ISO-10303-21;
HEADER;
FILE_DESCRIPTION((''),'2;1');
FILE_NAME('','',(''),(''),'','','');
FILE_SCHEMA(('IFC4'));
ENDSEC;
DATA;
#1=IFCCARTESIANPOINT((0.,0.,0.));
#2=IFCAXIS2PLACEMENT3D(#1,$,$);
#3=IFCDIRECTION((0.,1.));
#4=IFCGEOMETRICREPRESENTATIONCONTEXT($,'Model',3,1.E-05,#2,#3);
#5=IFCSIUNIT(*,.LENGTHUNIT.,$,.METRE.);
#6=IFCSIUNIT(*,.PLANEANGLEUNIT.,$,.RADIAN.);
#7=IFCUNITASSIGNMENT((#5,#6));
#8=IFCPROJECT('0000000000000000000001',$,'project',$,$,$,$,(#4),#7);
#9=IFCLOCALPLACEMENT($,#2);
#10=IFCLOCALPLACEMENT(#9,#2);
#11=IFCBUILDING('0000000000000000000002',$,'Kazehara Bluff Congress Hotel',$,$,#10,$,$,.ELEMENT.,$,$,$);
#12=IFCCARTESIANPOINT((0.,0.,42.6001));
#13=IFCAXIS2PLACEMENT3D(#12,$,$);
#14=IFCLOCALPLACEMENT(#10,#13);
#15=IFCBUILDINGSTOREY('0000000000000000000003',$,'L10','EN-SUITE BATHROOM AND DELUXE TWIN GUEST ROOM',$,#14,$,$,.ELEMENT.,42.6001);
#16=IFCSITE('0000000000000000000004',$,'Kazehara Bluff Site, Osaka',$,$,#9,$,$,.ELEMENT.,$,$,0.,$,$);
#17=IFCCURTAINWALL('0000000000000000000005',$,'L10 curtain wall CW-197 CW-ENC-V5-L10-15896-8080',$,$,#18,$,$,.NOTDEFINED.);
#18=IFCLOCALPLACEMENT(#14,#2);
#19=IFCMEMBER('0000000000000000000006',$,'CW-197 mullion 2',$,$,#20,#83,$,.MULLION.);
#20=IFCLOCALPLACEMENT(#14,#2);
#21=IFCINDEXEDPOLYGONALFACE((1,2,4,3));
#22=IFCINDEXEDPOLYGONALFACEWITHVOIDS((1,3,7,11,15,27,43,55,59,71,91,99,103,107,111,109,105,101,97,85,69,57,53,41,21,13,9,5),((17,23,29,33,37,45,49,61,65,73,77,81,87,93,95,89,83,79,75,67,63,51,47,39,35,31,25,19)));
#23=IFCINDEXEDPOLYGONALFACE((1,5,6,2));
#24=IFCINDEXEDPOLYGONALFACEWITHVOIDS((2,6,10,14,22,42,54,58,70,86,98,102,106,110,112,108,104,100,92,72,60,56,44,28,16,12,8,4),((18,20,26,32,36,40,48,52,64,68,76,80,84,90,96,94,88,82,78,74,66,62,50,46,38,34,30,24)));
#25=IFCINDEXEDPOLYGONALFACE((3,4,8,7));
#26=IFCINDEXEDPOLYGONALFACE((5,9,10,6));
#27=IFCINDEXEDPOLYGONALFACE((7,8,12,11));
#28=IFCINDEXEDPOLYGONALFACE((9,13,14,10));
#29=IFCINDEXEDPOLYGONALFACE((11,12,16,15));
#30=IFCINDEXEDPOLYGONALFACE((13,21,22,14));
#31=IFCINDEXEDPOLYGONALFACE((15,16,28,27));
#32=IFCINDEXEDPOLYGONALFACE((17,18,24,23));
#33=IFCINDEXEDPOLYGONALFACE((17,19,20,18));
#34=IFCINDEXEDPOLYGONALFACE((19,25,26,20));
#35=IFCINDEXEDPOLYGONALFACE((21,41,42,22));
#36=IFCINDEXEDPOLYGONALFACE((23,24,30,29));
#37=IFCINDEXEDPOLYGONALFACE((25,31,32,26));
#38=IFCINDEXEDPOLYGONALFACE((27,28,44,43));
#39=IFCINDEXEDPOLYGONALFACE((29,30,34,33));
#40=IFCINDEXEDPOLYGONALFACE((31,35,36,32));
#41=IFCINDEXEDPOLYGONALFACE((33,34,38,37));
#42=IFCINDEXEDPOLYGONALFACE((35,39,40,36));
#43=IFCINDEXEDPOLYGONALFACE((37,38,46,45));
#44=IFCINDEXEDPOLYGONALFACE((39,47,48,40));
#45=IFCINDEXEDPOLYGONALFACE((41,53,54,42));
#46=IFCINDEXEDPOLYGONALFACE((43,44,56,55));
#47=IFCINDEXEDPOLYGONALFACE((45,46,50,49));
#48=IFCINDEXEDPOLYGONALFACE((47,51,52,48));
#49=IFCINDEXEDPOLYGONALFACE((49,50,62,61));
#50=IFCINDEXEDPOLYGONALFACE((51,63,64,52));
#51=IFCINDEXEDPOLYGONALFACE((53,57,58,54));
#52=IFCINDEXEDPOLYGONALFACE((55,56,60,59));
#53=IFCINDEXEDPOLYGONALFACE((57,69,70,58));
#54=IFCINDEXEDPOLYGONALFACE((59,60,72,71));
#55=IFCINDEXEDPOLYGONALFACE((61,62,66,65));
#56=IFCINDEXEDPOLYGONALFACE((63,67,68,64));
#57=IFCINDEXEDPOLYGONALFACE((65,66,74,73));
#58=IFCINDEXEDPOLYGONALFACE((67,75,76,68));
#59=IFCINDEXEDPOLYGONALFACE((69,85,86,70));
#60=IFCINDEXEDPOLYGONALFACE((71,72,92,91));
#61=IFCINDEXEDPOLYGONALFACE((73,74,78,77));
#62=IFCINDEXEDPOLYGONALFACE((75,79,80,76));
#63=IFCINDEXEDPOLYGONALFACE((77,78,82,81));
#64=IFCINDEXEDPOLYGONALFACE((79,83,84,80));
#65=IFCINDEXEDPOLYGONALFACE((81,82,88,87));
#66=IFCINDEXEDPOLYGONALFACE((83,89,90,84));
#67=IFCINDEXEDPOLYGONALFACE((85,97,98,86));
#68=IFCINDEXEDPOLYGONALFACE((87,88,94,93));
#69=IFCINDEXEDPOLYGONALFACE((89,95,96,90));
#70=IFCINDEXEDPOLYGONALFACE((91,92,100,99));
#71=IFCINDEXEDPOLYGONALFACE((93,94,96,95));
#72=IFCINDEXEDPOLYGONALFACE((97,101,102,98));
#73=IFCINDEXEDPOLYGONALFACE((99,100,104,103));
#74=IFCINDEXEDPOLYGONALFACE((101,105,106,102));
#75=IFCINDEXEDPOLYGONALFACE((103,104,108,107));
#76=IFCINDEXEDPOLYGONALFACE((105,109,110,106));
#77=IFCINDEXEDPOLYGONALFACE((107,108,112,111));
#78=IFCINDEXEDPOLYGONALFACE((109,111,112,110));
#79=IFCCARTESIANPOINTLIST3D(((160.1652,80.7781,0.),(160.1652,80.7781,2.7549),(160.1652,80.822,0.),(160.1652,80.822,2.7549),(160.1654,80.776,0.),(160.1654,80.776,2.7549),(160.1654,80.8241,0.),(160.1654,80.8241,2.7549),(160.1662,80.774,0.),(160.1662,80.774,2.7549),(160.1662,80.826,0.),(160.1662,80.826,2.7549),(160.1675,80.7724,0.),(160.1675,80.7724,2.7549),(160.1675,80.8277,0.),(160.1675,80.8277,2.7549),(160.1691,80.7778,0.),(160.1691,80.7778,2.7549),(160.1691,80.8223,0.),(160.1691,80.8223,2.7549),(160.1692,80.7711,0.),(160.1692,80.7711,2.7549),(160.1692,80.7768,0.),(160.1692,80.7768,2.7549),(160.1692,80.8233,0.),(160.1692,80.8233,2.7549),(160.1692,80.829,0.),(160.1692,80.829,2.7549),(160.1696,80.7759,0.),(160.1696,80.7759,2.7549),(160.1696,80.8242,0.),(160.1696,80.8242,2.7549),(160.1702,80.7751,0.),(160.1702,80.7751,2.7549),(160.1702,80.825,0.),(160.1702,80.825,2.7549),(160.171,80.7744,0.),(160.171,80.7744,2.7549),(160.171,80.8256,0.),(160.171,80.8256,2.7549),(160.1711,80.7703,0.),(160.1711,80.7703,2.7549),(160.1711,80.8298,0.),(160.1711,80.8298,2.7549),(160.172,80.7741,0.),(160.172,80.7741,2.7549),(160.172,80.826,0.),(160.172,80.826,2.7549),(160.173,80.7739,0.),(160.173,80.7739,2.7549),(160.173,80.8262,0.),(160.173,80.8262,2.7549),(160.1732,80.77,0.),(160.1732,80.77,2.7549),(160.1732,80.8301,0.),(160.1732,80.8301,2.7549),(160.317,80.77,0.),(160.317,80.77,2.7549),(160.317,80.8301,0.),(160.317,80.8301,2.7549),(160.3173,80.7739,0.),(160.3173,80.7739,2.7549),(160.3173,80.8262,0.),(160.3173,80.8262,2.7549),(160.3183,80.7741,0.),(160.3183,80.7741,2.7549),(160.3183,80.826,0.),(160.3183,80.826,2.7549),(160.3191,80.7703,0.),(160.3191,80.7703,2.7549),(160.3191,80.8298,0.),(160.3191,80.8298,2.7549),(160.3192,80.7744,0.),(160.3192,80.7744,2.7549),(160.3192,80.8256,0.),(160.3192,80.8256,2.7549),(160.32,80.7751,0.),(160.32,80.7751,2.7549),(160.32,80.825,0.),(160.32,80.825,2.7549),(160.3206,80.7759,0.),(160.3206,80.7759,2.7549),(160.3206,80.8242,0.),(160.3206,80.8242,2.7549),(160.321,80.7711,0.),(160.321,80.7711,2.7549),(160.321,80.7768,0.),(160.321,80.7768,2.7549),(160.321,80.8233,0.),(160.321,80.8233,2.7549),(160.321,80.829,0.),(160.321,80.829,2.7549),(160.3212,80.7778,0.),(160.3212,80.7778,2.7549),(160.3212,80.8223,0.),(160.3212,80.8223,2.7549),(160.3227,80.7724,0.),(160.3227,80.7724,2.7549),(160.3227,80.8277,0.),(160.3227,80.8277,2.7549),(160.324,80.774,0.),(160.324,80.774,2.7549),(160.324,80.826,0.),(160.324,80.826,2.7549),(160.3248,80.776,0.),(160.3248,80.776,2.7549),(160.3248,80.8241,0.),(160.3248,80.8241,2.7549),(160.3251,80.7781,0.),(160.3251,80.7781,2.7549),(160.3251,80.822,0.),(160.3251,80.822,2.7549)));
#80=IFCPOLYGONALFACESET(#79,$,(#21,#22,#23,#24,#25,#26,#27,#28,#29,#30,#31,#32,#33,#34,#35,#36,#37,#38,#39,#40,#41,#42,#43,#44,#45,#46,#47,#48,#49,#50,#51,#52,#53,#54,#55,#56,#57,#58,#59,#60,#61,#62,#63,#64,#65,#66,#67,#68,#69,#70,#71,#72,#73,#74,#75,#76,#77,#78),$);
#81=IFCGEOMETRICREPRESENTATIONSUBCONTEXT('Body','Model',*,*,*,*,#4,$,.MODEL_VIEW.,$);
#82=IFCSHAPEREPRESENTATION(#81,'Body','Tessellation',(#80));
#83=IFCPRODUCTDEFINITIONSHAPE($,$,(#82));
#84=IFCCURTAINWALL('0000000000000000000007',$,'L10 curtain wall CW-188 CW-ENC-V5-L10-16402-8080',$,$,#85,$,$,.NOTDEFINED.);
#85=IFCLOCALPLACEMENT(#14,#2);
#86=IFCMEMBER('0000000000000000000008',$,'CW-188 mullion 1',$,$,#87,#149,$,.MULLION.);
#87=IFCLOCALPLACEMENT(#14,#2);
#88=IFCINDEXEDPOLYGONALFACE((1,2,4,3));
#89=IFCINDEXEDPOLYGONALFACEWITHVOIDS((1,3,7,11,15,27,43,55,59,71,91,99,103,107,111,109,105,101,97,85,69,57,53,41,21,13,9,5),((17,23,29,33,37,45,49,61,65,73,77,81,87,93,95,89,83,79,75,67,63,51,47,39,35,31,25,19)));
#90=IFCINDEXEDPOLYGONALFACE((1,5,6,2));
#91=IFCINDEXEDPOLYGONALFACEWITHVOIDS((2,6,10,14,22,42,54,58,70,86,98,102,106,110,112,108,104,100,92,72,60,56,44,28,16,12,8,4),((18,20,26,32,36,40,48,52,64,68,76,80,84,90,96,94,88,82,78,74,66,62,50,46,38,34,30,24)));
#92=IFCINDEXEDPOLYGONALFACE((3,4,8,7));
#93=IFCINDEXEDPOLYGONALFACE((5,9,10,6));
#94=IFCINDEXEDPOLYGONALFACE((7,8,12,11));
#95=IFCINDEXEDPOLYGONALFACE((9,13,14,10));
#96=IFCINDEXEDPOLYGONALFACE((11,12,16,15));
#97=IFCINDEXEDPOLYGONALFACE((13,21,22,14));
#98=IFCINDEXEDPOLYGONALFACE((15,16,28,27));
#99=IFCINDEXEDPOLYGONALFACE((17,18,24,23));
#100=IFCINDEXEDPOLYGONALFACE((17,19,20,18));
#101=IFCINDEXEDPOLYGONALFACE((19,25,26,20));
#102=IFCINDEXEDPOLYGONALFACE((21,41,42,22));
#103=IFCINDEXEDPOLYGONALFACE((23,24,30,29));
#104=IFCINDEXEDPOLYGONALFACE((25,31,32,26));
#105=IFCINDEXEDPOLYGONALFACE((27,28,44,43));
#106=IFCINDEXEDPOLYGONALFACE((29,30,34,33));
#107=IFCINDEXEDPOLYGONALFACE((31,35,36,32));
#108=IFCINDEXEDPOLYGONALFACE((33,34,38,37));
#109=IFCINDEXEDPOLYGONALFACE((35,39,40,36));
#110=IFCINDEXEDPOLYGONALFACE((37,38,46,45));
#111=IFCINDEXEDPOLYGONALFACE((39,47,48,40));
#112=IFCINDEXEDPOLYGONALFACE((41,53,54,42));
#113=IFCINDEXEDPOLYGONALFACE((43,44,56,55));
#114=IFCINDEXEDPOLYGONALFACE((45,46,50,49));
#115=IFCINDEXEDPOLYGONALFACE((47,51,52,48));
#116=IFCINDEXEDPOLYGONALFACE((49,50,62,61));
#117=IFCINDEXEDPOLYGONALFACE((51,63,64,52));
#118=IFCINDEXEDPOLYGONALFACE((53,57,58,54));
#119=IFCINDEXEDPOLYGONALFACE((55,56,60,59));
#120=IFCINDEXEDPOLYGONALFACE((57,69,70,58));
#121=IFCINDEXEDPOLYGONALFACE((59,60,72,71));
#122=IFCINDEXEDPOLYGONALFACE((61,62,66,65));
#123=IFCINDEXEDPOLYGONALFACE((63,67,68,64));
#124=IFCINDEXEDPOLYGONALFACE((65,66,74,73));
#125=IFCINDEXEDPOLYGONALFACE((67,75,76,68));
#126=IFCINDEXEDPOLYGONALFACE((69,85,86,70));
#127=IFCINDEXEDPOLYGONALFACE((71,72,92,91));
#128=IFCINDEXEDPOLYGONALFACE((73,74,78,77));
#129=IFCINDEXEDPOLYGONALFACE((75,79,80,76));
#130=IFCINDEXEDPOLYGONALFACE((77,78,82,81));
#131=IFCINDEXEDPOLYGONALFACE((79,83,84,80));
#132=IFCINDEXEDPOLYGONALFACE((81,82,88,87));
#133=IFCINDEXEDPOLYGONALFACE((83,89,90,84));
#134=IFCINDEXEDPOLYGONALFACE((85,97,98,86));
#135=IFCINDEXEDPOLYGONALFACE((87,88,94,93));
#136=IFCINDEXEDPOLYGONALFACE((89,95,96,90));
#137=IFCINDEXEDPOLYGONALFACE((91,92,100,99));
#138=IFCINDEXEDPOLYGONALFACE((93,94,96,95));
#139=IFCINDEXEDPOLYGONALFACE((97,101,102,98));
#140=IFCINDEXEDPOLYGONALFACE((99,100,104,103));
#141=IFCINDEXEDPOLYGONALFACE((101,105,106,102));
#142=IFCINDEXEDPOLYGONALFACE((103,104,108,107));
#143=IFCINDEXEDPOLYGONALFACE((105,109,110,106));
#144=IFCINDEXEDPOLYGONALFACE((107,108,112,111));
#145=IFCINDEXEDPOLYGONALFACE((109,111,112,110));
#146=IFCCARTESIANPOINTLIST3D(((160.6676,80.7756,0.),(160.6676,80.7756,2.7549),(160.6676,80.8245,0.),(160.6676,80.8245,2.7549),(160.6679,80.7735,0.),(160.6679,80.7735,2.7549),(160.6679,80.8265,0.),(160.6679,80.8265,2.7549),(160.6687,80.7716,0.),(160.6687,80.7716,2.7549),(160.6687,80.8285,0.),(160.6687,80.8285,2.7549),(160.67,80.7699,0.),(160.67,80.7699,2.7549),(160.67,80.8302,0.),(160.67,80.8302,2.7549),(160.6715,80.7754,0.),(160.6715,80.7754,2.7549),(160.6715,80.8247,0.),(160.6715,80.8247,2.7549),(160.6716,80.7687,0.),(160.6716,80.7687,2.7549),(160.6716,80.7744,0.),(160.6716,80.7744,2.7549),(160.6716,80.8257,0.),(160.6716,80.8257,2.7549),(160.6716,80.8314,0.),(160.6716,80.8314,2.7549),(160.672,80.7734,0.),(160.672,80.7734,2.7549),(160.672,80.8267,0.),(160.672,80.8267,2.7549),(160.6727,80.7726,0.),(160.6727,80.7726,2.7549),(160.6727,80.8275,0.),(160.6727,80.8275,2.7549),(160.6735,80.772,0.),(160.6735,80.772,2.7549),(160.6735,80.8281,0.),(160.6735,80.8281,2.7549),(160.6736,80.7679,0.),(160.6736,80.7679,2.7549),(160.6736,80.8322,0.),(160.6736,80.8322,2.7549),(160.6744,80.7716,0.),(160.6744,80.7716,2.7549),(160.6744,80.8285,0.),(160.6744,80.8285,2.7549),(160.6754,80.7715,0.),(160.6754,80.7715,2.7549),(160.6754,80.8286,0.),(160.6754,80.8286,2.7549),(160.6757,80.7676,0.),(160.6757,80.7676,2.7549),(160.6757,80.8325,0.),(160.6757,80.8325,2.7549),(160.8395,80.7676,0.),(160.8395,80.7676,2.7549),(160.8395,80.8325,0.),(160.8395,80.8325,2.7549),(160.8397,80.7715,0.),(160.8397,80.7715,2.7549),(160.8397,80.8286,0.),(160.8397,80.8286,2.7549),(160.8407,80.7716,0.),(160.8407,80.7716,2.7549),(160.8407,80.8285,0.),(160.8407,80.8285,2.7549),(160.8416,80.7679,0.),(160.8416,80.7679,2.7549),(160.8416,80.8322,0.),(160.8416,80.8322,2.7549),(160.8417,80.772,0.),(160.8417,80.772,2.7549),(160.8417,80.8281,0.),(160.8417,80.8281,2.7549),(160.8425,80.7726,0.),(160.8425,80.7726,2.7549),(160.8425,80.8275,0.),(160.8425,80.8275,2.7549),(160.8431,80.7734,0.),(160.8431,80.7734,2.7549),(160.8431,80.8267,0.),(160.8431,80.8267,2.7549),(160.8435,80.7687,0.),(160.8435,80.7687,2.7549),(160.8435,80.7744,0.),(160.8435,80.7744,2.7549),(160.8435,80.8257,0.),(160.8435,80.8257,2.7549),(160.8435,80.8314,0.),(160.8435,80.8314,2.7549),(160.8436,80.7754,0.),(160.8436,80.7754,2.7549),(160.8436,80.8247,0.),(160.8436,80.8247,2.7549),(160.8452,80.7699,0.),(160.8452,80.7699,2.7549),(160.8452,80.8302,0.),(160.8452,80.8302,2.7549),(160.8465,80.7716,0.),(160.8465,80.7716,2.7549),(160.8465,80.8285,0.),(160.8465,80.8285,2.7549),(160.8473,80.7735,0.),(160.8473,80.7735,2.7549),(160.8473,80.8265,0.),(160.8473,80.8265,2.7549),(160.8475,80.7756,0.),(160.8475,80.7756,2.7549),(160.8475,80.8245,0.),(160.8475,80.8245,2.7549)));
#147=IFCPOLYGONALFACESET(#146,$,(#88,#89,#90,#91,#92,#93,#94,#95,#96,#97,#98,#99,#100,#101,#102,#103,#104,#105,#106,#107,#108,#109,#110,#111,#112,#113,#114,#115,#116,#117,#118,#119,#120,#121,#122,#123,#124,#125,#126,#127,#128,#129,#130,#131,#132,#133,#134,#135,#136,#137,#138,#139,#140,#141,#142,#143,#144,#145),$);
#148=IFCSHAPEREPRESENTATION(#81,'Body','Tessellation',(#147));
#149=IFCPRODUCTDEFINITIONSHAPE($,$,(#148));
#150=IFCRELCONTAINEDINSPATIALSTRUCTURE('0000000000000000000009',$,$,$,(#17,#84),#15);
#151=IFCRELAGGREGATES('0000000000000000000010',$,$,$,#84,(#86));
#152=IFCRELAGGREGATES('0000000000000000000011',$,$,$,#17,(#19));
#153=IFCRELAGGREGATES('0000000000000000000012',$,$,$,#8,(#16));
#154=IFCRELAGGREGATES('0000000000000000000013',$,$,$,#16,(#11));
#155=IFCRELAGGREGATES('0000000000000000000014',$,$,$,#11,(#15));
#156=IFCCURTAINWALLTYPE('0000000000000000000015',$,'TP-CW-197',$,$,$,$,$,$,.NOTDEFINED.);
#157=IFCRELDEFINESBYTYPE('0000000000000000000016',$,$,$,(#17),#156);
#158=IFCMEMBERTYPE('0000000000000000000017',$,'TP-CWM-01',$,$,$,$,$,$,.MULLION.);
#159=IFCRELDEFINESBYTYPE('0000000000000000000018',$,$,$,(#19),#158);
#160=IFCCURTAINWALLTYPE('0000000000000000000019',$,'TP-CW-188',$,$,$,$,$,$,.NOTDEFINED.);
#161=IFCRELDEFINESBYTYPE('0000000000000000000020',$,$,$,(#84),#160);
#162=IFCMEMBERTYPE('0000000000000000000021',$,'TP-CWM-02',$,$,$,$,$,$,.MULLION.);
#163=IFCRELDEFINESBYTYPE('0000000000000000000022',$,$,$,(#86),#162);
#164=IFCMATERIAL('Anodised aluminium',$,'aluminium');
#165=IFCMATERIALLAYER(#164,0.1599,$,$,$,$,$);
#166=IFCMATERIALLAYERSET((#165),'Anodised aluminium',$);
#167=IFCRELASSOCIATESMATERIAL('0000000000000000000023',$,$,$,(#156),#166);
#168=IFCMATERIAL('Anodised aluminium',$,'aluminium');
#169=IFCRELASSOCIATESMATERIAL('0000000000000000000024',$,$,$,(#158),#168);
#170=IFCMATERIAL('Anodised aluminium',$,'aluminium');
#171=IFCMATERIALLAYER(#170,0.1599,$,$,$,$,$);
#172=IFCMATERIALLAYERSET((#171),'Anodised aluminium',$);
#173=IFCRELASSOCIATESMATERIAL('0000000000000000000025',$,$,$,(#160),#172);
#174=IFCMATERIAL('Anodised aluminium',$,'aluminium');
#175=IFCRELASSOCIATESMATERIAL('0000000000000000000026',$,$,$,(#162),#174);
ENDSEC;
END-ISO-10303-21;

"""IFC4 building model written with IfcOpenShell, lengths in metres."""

from ifc_helpers import new_model, si_unit, direction, frame, origin, origin_2d, place, context, subcontext, project, spatial, hollow_rectangle, extrude, material, layer, layer_set, material_profile, profile_set, type_object, element, aggregate, save


model = new_model("IFC4")

# Units and contexts
model_context = context("Model", 3, precision=1e-05, world=origin(), true_north=direction((0.0, 1.0)))
body_context = subcontext(model_context, "Body", "Model", "MODEL_VIEW")
ifc_project = project(units=[si_unit("LENGTHUNIT", "METRE"), si_unit("PLANEANGLEUNIT", "RADIAN")], contexts=[model_context])

# Site, building, storey
site_placement = place(None, origin())
site = spatial("IfcSite", under=ifc_project, at=site_placement, Name="Kazehara Bluff Site, Osaka", CompositionType="ELEMENT", RefElevation=0.0)
building_placement = place(site_placement, origin())
building = spatial("IfcBuilding", under=site, at=building_placement, Name="Kazehara Bluff Congress Hotel", CompositionType="ELEMENT")
storey_placement = place(building_placement, frame((0.0, 0.0, 42.6001)))
storey = spatial("IfcBuildingStorey", under=building, at=storey_placement, Name="L10", Description="EN-SUITE BATHROOM AND DELUXE TWIN GUEST ROOM", CompositionType="ELEMENT", Elevation=42.6001)

# Curtain wall, member
ifc_material_1 = material(Name="Anodised aluminium", Category="aluminium")
ifc_layer_1 = layer(ifc_material_1, 0.1599)
ifc_layer_set_1 = layer_set([ifc_layer_1], Name="Anodised aluminium")
curtain_wall_type_1 = type_object("IfcCurtainWallType", Name="TP-CW-197", PredefinedType="NOTDEFINED", material=ifc_layer_set_1)
curtain_wall_1_placement = place(storey_placement, origin())
curtain_wall_1 = element("IfcCurtainWall", 1, at=curtain_wall_1_placement, inside=storey, type_object=curtain_wall_type_1, Name="L10 curtain wall CW-197 CW-ENC-V5-L10-15896-8080", PredefinedType="NOTDEFINED")
ifc_material_2 = material(Name="Anodised aluminium", Category="aluminium")
ifc_material_profile_1 = material_profile(ifc_material_2, hollow_rectangle(XDim=0.0601, YDim=0.1599, WallThickness=0.0039, InnerFilletRadius=0.0039, OuterFilletRadius=0.0081, at=origin_2d()))
ifc_profile_set_1 = profile_set([ifc_material_profile_1], Name="Anodised aluminium")
member_type_1 = type_object("IfcMemberType", Name="TP-CWM-01", PredefinedType="MULLION", material=ifc_profile_set_1)
member_1_placement = place(storey_placement, frame((160.2451, 80.8, 0.0), z_axis=(0.0, 0.0, 1.0), x_axis=(0.0, 1.0, 0.0)))
member_1 = element("IfcMember", 2, at=member_1_placement, type_object=member_type_1, Name="CW-197 mullion 2", PredefinedType="MULLION", context=body_context, shape_type="SweptSolid", body=[
    extrude(hollow_rectangle(XDim=0.0601, YDim=0.1599, WallThickness=0.0039, InnerFilletRadius=0.0039, OuterFilletRadius=0.0081, at=origin_2d()), origin(), (0.0, 0.0, 1.0), 2.7549),
])

# Curtain wall, member
ifc_material_3 = material(Name="Anodised aluminium", Category="aluminium")
ifc_layer_2 = layer(ifc_material_3, 0.1599)
ifc_layer_set_2 = layer_set([ifc_layer_2], Name="Anodised aluminium")
curtain_wall_type_2 = type_object("IfcCurtainWallType", Name="TP-CW-188", PredefinedType="NOTDEFINED", material=ifc_layer_set_2)
curtain_wall_2_placement = place(storey_placement, origin())
curtain_wall_2 = element("IfcCurtainWall", 3, at=curtain_wall_2_placement, inside=storey, type_object=curtain_wall_type_2, Name="L10 curtain wall CW-188 CW-ENC-V5-L10-16402-8080", PredefinedType="NOTDEFINED")
ifc_material_4 = material(Name="Anodised aluminium", Category="aluminium")
ifc_material_profile_2 = material_profile(ifc_material_4, hollow_rectangle(XDim=0.0649, YDim=0.1799, WallThickness=0.0039, InnerFilletRadius=0.0039, OuterFilletRadius=0.0081, at=origin_2d()))
ifc_profile_set_2 = profile_set([ifc_material_profile_2], Name="Anodised aluminium")
member_type_2 = type_object("IfcMemberType", Name="TP-CWM-02", PredefinedType="MULLION", material=ifc_profile_set_2)
member_2_placement = place(storey_placement, frame((160.7576, 80.8, 0.0), z_axis=(0.0, 0.0, 1.0), x_axis=(0.0, 1.0, 0.0)))
member_2 = element("IfcMember", 4, at=member_2_placement, type_object=member_type_2, Name="CW-188 mullion 1", PredefinedType="MULLION", context=body_context, shape_type="SweptSolid", body=[
    extrude(hollow_rectangle(XDim=0.0649, YDim=0.1799, WallThickness=0.0039, InnerFilletRadius=0.0039, OuterFilletRadius=0.0081, at=origin_2d()), origin(), (0.0, 0.0, 1.0), 2.7549),
])

aggregate(curtain_wall_2, [member_2])
aggregate(curtain_wall_1, [member_1])

save(model, "model.ifc")
